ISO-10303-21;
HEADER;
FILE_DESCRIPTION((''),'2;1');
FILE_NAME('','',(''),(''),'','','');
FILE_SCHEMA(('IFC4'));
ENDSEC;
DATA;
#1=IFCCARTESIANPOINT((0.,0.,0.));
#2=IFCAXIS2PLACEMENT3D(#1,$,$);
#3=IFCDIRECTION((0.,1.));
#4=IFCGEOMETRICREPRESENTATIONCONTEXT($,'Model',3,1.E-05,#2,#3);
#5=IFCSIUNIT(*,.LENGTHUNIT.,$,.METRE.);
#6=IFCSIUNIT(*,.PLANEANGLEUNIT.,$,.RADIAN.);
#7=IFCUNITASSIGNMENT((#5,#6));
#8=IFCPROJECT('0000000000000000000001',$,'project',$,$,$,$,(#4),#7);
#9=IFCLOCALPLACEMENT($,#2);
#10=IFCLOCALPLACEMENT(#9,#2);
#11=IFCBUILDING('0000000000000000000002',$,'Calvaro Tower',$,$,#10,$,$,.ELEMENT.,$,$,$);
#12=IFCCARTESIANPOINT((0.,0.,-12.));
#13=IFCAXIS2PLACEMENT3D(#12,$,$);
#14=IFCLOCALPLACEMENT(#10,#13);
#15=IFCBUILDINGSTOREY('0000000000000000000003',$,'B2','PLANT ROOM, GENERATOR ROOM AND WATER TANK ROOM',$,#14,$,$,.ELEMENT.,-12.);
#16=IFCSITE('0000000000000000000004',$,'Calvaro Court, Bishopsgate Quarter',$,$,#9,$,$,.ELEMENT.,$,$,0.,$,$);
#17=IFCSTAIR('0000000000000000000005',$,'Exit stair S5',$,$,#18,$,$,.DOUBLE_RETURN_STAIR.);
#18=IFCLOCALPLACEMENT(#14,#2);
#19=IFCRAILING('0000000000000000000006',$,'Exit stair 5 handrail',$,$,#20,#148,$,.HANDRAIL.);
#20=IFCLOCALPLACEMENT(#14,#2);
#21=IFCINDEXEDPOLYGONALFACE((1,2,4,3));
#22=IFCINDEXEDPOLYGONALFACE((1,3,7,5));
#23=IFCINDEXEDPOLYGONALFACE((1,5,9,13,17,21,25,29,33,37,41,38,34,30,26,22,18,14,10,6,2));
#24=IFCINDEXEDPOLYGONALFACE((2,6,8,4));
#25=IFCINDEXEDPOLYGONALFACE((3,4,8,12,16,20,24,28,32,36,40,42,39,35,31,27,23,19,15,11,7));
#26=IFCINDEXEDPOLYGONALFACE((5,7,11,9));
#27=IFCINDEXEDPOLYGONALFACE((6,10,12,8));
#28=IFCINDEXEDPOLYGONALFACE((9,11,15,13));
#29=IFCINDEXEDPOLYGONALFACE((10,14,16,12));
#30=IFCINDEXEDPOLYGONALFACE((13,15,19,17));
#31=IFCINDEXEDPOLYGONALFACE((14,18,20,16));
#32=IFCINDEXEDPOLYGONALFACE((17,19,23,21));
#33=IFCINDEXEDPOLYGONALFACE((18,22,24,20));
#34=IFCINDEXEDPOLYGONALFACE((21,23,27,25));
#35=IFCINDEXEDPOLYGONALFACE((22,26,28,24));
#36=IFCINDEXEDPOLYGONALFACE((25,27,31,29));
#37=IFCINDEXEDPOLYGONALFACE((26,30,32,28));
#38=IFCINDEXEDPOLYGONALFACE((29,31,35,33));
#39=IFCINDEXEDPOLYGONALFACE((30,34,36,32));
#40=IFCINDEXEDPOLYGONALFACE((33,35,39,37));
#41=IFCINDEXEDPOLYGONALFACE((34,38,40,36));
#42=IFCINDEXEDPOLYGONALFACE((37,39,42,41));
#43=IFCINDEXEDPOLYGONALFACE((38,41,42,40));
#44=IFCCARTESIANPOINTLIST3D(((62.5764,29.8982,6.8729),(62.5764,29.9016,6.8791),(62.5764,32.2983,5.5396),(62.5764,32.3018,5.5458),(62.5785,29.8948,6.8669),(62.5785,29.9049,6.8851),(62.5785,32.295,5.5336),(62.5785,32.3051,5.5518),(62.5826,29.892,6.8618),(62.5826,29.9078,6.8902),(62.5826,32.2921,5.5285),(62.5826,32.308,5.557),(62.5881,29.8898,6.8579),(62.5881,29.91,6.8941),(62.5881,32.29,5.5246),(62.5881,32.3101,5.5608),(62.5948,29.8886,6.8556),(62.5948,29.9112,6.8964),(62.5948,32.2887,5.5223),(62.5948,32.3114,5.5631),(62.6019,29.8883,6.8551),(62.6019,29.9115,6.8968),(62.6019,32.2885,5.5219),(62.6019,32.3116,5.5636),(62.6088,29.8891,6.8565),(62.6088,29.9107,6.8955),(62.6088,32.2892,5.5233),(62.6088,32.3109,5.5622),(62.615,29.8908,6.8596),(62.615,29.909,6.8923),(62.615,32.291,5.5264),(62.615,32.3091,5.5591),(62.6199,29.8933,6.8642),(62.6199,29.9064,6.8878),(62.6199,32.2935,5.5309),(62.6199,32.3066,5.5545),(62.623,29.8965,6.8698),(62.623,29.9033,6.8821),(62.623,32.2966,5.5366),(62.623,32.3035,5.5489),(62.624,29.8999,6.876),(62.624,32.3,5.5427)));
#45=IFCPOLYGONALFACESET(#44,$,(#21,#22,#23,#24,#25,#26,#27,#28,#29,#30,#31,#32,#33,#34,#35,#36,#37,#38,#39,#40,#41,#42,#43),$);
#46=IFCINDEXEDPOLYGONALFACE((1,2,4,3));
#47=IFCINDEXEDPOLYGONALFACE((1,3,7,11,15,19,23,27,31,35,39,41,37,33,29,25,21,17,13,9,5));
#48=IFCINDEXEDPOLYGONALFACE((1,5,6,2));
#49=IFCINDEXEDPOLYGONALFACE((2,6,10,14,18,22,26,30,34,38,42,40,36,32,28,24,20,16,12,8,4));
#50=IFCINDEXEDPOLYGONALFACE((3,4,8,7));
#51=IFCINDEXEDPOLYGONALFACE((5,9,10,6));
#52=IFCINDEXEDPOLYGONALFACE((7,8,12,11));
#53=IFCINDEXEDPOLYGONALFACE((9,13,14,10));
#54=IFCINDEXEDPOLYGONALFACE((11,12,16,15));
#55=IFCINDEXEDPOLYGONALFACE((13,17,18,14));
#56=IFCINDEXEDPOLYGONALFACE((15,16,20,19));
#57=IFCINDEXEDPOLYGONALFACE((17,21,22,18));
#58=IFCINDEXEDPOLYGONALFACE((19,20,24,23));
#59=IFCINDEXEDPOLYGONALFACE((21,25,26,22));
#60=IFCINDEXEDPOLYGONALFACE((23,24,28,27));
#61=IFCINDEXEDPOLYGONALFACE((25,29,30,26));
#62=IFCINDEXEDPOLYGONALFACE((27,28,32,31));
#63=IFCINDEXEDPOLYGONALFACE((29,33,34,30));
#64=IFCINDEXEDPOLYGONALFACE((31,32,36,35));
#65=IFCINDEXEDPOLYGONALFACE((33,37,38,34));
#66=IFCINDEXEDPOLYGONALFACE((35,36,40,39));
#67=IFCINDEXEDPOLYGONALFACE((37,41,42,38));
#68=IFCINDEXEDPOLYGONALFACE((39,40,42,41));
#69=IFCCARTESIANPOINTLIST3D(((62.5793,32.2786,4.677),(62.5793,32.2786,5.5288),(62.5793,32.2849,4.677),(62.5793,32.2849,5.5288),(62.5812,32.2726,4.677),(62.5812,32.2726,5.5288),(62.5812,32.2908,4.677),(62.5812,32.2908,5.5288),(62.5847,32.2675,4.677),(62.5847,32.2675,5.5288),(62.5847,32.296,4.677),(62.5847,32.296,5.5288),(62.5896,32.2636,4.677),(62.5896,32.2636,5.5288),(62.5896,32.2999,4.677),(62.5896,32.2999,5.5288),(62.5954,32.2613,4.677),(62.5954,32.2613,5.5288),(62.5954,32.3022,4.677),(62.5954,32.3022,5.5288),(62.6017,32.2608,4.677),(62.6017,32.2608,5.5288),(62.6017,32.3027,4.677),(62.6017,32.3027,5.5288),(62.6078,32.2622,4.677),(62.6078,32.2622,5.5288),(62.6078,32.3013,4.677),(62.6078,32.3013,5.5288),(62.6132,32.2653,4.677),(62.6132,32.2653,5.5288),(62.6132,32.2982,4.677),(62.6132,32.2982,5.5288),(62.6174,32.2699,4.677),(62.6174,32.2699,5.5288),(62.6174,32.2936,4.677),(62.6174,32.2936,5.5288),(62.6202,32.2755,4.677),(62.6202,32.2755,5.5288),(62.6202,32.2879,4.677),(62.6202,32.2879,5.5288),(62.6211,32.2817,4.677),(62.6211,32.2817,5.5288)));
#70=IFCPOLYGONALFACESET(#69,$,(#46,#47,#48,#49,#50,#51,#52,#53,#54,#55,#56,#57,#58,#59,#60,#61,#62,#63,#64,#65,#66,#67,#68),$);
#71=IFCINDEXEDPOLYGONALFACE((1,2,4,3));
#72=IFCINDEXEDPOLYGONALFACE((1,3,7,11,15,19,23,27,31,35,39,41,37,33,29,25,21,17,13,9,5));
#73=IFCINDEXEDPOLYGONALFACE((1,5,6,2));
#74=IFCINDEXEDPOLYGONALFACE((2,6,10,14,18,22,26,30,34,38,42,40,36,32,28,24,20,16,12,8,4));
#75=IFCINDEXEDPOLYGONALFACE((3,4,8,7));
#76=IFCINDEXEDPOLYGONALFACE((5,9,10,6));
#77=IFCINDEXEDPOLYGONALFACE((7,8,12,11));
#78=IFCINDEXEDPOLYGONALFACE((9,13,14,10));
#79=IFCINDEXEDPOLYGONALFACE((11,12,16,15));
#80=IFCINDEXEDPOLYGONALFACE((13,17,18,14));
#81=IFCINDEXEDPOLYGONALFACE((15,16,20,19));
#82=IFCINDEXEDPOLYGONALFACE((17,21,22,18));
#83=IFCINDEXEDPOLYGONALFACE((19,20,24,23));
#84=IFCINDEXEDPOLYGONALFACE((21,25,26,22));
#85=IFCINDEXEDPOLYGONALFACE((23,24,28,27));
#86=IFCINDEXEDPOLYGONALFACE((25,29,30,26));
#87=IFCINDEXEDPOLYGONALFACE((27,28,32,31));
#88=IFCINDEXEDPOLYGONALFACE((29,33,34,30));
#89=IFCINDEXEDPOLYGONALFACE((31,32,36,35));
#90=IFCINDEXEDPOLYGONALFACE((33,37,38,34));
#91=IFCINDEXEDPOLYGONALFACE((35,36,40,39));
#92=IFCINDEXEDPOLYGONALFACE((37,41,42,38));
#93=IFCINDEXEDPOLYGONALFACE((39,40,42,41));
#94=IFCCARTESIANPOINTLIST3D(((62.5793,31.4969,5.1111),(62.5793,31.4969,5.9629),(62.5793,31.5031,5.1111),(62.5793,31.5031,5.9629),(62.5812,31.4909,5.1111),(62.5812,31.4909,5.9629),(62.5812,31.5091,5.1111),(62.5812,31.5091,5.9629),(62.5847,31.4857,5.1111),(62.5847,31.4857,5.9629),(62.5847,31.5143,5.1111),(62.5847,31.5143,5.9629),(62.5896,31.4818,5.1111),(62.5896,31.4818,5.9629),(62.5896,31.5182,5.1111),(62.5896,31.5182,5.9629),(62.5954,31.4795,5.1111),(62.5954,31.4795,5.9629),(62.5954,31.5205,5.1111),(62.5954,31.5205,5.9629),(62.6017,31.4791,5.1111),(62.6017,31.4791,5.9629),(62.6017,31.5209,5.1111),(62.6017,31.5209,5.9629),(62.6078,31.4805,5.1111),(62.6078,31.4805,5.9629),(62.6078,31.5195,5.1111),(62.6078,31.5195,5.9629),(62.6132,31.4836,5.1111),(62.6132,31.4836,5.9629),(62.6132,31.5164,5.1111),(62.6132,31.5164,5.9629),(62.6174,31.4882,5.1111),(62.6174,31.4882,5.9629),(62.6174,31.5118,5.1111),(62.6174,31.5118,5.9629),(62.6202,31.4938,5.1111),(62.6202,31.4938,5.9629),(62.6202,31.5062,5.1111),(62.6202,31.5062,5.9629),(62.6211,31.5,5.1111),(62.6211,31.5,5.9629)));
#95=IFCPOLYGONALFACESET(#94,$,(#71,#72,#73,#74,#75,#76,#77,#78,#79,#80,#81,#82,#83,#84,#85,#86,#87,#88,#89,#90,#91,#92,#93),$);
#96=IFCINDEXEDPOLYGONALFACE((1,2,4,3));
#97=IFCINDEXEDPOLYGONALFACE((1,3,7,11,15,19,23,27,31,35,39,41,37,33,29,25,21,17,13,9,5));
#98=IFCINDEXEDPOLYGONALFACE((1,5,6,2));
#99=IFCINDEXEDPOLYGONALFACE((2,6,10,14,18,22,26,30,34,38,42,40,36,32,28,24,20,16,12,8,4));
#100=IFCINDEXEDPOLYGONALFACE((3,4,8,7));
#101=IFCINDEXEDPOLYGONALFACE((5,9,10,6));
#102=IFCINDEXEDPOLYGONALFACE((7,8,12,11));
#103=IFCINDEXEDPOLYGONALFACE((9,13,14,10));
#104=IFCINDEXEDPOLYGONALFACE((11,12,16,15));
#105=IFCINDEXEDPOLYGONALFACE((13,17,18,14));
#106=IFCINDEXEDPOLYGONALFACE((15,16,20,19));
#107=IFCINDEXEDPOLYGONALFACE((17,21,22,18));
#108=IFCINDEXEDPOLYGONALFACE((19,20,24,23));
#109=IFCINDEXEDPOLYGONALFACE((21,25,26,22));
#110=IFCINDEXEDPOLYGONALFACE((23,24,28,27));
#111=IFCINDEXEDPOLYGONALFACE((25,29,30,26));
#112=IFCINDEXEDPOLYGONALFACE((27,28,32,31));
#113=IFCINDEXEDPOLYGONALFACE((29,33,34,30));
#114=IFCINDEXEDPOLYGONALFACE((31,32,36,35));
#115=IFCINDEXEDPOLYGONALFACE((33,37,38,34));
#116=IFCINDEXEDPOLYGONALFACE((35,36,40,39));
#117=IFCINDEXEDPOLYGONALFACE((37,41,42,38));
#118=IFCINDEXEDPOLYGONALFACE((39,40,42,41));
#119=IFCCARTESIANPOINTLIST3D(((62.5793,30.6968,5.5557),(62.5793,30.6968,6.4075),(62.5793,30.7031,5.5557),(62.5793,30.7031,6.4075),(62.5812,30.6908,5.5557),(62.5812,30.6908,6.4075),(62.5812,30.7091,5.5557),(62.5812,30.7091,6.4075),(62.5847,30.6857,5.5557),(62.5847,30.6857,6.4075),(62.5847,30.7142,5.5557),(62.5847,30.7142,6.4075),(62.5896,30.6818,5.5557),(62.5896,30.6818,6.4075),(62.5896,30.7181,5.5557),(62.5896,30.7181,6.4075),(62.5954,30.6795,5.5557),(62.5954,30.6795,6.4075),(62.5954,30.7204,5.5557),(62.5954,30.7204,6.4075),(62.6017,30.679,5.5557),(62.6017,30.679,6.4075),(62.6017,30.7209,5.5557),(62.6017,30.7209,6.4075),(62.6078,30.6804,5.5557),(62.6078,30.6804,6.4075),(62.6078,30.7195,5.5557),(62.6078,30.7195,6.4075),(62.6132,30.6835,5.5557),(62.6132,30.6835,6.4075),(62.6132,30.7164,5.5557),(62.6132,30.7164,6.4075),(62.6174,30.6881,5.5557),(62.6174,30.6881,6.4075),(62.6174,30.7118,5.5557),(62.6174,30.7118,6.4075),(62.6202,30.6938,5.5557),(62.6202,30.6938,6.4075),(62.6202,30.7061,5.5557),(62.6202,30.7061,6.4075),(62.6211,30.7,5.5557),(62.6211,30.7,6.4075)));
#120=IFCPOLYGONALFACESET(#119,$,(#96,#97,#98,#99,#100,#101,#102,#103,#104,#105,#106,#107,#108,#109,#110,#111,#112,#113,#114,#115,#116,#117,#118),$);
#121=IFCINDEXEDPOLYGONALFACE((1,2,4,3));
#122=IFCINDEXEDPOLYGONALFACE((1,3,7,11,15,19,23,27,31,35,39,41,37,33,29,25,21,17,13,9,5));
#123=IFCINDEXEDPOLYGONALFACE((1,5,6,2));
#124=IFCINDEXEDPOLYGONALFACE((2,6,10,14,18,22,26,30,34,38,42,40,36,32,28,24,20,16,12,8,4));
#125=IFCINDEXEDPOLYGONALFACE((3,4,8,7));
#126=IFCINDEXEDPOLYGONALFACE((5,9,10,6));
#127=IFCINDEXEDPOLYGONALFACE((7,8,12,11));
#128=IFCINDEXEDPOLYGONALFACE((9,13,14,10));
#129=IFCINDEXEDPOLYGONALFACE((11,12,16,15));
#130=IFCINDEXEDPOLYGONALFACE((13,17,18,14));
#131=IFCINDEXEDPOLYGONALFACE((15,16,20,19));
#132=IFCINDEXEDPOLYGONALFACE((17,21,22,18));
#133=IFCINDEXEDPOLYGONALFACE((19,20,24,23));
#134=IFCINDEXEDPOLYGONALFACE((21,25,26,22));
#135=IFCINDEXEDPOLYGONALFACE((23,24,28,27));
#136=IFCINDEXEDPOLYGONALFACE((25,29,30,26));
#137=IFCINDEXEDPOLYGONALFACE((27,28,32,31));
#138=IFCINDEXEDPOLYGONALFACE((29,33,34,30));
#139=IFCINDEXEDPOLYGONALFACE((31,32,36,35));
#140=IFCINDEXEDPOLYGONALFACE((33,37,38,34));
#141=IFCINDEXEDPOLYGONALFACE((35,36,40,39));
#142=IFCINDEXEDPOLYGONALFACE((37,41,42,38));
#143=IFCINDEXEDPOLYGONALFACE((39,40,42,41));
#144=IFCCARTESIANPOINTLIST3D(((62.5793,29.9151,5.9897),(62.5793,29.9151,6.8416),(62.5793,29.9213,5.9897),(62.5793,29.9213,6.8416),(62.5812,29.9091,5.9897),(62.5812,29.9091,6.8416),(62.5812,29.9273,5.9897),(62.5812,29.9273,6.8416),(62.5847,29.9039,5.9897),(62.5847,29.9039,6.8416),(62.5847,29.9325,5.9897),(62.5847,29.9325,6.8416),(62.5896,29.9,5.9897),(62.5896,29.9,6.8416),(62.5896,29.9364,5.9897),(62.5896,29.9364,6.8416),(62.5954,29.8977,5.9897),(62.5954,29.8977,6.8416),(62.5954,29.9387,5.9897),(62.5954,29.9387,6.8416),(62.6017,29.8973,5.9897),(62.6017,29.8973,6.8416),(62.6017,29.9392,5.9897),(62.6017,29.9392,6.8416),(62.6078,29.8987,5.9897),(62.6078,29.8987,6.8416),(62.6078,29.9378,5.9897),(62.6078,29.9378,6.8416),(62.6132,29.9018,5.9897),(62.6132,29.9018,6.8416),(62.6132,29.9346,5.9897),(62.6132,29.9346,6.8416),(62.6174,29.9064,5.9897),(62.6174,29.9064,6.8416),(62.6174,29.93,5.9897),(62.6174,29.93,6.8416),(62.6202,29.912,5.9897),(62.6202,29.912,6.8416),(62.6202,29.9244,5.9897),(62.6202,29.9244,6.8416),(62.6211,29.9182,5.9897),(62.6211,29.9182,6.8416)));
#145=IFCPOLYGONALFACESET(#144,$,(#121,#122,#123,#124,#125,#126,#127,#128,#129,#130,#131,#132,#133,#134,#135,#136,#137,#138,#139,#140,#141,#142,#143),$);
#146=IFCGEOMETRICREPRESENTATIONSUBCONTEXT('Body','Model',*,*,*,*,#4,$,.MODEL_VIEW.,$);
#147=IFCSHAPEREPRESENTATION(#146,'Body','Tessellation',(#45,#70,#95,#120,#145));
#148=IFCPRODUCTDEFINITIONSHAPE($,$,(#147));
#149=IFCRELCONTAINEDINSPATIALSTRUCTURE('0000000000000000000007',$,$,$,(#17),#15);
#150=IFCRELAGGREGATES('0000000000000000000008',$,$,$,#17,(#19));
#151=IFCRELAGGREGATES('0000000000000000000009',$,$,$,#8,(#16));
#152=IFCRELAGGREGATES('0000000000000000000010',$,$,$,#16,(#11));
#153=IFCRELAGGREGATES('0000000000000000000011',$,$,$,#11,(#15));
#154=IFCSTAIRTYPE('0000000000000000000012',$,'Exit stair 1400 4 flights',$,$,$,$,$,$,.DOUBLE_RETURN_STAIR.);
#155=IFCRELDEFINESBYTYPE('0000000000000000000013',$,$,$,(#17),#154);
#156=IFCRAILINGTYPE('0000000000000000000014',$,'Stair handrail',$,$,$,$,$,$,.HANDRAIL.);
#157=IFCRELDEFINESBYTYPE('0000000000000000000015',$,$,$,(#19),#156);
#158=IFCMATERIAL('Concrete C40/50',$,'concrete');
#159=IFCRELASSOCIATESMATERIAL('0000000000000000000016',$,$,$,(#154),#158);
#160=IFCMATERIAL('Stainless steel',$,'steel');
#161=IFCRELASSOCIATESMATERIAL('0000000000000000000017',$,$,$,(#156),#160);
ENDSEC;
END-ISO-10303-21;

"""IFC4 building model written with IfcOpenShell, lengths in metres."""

from ifc_helpers import new_model, si_unit, direction, frame, origin, origin_2d, place, context, subcontext, project, spatial, circle, extrude, material, type_object, element, aggregate, save


model = new_model("IFC4")

# Units and contexts
model_context = context("Model", 3, precision=1e-05, world=origin(), true_north=direction((0.0, 1.0)))
body_context = subcontext(model_context, "Body", "Model", "MODEL_VIEW")
ifc_project = project(units=[si_unit("LENGTHUNIT", "METRE"), si_unit("PLANEANGLEUNIT", "RADIAN")], contexts=[model_context])

# Site, building, storey
site_placement = place(None, origin())
site = spatial("IfcSite", under=ifc_project, at=site_placement, Name="Calvaro Court, Bishopsgate Quarter", CompositionType="ELEMENT", RefElevation=0.0)
building_placement = place(site_placement, origin())
building = spatial("IfcBuilding", under=site, at=building_placement, Name="Calvaro Tower", CompositionType="ELEMENT")
storey_placement = place(building_placement, frame((0.0, 0.0, -12.0)))
storey = spatial("IfcBuildingStorey", under=building, at=storey_placement, Name="B2", Description="PLANT ROOM, GENERATOR ROOM AND WATER TANK ROOM", CompositionType="ELEMENT", Elevation=-12.0)

# Stair, railing
ifc_material_1 = material(Name="Concrete C40/50", Category="concrete")
stair_type = type_object("IfcStairType", Name="Exit stair 1400 4 flights", PredefinedType="DOUBLE_RETURN_STAIR", material=ifc_material_1)
stair_placement = place(storey_placement, origin())
stair = element("IfcStair", 1, at=stair_placement, inside=storey, type_object=stair_type, Name="Exit stair S5", PredefinedType="DOUBLE_RETURN_STAIR")
ifc_material_2 = material(Name="Stainless steel", Category="steel")
railing_type = type_object("IfcRailingType", Name="Stair handrail", PredefinedType="HANDRAIL", material=ifc_material_2)
railing_1_placement = place(storey_placement, frame((62.6001, 32.3, 4.6667)))
railing_1 = element("IfcRailing", 2, at=railing_1_placement, type_object=railing_type, Name="Exit stair 5 handrail", PredefinedType="HANDRAIL", context=body_context, shape_type="SweptSolid", body=[
    extrude(circle(Radius=0.0239, at=origin_2d()), frame((0.0, 0.0, 0.876), z_axis=(0.0, -0.874182, 0.485598), x_axis=(1.0, 0.0, 0.0)), (0.0, 0.0, 1.0), 2.7456),
    extrude(circle(Radius=0.021, at=origin_2d()), frame((0.0, -0.0183, 0.0103)), (0.0, 0.0, 1.0), 0.8518),
    extrude(circle(Radius=0.021, at=origin_2d()), frame((0.0, -0.8, 0.4443)), (0.0, 0.0, 1.0), 0.8518),
    extrude(circle(Radius=0.021, at=origin_2d()), frame((0.0, -1.6001, 0.8889)), (0.0, 0.0, 1.0), 0.8518),
    extrude(circle(Radius=0.021, at=origin_2d()), frame((0.0, -2.3818, 1.323)), (0.0, 0.0, 1.0), 0.8518),
])
aggregate(stair, [railing_1])

save(model, "model.ifc")
